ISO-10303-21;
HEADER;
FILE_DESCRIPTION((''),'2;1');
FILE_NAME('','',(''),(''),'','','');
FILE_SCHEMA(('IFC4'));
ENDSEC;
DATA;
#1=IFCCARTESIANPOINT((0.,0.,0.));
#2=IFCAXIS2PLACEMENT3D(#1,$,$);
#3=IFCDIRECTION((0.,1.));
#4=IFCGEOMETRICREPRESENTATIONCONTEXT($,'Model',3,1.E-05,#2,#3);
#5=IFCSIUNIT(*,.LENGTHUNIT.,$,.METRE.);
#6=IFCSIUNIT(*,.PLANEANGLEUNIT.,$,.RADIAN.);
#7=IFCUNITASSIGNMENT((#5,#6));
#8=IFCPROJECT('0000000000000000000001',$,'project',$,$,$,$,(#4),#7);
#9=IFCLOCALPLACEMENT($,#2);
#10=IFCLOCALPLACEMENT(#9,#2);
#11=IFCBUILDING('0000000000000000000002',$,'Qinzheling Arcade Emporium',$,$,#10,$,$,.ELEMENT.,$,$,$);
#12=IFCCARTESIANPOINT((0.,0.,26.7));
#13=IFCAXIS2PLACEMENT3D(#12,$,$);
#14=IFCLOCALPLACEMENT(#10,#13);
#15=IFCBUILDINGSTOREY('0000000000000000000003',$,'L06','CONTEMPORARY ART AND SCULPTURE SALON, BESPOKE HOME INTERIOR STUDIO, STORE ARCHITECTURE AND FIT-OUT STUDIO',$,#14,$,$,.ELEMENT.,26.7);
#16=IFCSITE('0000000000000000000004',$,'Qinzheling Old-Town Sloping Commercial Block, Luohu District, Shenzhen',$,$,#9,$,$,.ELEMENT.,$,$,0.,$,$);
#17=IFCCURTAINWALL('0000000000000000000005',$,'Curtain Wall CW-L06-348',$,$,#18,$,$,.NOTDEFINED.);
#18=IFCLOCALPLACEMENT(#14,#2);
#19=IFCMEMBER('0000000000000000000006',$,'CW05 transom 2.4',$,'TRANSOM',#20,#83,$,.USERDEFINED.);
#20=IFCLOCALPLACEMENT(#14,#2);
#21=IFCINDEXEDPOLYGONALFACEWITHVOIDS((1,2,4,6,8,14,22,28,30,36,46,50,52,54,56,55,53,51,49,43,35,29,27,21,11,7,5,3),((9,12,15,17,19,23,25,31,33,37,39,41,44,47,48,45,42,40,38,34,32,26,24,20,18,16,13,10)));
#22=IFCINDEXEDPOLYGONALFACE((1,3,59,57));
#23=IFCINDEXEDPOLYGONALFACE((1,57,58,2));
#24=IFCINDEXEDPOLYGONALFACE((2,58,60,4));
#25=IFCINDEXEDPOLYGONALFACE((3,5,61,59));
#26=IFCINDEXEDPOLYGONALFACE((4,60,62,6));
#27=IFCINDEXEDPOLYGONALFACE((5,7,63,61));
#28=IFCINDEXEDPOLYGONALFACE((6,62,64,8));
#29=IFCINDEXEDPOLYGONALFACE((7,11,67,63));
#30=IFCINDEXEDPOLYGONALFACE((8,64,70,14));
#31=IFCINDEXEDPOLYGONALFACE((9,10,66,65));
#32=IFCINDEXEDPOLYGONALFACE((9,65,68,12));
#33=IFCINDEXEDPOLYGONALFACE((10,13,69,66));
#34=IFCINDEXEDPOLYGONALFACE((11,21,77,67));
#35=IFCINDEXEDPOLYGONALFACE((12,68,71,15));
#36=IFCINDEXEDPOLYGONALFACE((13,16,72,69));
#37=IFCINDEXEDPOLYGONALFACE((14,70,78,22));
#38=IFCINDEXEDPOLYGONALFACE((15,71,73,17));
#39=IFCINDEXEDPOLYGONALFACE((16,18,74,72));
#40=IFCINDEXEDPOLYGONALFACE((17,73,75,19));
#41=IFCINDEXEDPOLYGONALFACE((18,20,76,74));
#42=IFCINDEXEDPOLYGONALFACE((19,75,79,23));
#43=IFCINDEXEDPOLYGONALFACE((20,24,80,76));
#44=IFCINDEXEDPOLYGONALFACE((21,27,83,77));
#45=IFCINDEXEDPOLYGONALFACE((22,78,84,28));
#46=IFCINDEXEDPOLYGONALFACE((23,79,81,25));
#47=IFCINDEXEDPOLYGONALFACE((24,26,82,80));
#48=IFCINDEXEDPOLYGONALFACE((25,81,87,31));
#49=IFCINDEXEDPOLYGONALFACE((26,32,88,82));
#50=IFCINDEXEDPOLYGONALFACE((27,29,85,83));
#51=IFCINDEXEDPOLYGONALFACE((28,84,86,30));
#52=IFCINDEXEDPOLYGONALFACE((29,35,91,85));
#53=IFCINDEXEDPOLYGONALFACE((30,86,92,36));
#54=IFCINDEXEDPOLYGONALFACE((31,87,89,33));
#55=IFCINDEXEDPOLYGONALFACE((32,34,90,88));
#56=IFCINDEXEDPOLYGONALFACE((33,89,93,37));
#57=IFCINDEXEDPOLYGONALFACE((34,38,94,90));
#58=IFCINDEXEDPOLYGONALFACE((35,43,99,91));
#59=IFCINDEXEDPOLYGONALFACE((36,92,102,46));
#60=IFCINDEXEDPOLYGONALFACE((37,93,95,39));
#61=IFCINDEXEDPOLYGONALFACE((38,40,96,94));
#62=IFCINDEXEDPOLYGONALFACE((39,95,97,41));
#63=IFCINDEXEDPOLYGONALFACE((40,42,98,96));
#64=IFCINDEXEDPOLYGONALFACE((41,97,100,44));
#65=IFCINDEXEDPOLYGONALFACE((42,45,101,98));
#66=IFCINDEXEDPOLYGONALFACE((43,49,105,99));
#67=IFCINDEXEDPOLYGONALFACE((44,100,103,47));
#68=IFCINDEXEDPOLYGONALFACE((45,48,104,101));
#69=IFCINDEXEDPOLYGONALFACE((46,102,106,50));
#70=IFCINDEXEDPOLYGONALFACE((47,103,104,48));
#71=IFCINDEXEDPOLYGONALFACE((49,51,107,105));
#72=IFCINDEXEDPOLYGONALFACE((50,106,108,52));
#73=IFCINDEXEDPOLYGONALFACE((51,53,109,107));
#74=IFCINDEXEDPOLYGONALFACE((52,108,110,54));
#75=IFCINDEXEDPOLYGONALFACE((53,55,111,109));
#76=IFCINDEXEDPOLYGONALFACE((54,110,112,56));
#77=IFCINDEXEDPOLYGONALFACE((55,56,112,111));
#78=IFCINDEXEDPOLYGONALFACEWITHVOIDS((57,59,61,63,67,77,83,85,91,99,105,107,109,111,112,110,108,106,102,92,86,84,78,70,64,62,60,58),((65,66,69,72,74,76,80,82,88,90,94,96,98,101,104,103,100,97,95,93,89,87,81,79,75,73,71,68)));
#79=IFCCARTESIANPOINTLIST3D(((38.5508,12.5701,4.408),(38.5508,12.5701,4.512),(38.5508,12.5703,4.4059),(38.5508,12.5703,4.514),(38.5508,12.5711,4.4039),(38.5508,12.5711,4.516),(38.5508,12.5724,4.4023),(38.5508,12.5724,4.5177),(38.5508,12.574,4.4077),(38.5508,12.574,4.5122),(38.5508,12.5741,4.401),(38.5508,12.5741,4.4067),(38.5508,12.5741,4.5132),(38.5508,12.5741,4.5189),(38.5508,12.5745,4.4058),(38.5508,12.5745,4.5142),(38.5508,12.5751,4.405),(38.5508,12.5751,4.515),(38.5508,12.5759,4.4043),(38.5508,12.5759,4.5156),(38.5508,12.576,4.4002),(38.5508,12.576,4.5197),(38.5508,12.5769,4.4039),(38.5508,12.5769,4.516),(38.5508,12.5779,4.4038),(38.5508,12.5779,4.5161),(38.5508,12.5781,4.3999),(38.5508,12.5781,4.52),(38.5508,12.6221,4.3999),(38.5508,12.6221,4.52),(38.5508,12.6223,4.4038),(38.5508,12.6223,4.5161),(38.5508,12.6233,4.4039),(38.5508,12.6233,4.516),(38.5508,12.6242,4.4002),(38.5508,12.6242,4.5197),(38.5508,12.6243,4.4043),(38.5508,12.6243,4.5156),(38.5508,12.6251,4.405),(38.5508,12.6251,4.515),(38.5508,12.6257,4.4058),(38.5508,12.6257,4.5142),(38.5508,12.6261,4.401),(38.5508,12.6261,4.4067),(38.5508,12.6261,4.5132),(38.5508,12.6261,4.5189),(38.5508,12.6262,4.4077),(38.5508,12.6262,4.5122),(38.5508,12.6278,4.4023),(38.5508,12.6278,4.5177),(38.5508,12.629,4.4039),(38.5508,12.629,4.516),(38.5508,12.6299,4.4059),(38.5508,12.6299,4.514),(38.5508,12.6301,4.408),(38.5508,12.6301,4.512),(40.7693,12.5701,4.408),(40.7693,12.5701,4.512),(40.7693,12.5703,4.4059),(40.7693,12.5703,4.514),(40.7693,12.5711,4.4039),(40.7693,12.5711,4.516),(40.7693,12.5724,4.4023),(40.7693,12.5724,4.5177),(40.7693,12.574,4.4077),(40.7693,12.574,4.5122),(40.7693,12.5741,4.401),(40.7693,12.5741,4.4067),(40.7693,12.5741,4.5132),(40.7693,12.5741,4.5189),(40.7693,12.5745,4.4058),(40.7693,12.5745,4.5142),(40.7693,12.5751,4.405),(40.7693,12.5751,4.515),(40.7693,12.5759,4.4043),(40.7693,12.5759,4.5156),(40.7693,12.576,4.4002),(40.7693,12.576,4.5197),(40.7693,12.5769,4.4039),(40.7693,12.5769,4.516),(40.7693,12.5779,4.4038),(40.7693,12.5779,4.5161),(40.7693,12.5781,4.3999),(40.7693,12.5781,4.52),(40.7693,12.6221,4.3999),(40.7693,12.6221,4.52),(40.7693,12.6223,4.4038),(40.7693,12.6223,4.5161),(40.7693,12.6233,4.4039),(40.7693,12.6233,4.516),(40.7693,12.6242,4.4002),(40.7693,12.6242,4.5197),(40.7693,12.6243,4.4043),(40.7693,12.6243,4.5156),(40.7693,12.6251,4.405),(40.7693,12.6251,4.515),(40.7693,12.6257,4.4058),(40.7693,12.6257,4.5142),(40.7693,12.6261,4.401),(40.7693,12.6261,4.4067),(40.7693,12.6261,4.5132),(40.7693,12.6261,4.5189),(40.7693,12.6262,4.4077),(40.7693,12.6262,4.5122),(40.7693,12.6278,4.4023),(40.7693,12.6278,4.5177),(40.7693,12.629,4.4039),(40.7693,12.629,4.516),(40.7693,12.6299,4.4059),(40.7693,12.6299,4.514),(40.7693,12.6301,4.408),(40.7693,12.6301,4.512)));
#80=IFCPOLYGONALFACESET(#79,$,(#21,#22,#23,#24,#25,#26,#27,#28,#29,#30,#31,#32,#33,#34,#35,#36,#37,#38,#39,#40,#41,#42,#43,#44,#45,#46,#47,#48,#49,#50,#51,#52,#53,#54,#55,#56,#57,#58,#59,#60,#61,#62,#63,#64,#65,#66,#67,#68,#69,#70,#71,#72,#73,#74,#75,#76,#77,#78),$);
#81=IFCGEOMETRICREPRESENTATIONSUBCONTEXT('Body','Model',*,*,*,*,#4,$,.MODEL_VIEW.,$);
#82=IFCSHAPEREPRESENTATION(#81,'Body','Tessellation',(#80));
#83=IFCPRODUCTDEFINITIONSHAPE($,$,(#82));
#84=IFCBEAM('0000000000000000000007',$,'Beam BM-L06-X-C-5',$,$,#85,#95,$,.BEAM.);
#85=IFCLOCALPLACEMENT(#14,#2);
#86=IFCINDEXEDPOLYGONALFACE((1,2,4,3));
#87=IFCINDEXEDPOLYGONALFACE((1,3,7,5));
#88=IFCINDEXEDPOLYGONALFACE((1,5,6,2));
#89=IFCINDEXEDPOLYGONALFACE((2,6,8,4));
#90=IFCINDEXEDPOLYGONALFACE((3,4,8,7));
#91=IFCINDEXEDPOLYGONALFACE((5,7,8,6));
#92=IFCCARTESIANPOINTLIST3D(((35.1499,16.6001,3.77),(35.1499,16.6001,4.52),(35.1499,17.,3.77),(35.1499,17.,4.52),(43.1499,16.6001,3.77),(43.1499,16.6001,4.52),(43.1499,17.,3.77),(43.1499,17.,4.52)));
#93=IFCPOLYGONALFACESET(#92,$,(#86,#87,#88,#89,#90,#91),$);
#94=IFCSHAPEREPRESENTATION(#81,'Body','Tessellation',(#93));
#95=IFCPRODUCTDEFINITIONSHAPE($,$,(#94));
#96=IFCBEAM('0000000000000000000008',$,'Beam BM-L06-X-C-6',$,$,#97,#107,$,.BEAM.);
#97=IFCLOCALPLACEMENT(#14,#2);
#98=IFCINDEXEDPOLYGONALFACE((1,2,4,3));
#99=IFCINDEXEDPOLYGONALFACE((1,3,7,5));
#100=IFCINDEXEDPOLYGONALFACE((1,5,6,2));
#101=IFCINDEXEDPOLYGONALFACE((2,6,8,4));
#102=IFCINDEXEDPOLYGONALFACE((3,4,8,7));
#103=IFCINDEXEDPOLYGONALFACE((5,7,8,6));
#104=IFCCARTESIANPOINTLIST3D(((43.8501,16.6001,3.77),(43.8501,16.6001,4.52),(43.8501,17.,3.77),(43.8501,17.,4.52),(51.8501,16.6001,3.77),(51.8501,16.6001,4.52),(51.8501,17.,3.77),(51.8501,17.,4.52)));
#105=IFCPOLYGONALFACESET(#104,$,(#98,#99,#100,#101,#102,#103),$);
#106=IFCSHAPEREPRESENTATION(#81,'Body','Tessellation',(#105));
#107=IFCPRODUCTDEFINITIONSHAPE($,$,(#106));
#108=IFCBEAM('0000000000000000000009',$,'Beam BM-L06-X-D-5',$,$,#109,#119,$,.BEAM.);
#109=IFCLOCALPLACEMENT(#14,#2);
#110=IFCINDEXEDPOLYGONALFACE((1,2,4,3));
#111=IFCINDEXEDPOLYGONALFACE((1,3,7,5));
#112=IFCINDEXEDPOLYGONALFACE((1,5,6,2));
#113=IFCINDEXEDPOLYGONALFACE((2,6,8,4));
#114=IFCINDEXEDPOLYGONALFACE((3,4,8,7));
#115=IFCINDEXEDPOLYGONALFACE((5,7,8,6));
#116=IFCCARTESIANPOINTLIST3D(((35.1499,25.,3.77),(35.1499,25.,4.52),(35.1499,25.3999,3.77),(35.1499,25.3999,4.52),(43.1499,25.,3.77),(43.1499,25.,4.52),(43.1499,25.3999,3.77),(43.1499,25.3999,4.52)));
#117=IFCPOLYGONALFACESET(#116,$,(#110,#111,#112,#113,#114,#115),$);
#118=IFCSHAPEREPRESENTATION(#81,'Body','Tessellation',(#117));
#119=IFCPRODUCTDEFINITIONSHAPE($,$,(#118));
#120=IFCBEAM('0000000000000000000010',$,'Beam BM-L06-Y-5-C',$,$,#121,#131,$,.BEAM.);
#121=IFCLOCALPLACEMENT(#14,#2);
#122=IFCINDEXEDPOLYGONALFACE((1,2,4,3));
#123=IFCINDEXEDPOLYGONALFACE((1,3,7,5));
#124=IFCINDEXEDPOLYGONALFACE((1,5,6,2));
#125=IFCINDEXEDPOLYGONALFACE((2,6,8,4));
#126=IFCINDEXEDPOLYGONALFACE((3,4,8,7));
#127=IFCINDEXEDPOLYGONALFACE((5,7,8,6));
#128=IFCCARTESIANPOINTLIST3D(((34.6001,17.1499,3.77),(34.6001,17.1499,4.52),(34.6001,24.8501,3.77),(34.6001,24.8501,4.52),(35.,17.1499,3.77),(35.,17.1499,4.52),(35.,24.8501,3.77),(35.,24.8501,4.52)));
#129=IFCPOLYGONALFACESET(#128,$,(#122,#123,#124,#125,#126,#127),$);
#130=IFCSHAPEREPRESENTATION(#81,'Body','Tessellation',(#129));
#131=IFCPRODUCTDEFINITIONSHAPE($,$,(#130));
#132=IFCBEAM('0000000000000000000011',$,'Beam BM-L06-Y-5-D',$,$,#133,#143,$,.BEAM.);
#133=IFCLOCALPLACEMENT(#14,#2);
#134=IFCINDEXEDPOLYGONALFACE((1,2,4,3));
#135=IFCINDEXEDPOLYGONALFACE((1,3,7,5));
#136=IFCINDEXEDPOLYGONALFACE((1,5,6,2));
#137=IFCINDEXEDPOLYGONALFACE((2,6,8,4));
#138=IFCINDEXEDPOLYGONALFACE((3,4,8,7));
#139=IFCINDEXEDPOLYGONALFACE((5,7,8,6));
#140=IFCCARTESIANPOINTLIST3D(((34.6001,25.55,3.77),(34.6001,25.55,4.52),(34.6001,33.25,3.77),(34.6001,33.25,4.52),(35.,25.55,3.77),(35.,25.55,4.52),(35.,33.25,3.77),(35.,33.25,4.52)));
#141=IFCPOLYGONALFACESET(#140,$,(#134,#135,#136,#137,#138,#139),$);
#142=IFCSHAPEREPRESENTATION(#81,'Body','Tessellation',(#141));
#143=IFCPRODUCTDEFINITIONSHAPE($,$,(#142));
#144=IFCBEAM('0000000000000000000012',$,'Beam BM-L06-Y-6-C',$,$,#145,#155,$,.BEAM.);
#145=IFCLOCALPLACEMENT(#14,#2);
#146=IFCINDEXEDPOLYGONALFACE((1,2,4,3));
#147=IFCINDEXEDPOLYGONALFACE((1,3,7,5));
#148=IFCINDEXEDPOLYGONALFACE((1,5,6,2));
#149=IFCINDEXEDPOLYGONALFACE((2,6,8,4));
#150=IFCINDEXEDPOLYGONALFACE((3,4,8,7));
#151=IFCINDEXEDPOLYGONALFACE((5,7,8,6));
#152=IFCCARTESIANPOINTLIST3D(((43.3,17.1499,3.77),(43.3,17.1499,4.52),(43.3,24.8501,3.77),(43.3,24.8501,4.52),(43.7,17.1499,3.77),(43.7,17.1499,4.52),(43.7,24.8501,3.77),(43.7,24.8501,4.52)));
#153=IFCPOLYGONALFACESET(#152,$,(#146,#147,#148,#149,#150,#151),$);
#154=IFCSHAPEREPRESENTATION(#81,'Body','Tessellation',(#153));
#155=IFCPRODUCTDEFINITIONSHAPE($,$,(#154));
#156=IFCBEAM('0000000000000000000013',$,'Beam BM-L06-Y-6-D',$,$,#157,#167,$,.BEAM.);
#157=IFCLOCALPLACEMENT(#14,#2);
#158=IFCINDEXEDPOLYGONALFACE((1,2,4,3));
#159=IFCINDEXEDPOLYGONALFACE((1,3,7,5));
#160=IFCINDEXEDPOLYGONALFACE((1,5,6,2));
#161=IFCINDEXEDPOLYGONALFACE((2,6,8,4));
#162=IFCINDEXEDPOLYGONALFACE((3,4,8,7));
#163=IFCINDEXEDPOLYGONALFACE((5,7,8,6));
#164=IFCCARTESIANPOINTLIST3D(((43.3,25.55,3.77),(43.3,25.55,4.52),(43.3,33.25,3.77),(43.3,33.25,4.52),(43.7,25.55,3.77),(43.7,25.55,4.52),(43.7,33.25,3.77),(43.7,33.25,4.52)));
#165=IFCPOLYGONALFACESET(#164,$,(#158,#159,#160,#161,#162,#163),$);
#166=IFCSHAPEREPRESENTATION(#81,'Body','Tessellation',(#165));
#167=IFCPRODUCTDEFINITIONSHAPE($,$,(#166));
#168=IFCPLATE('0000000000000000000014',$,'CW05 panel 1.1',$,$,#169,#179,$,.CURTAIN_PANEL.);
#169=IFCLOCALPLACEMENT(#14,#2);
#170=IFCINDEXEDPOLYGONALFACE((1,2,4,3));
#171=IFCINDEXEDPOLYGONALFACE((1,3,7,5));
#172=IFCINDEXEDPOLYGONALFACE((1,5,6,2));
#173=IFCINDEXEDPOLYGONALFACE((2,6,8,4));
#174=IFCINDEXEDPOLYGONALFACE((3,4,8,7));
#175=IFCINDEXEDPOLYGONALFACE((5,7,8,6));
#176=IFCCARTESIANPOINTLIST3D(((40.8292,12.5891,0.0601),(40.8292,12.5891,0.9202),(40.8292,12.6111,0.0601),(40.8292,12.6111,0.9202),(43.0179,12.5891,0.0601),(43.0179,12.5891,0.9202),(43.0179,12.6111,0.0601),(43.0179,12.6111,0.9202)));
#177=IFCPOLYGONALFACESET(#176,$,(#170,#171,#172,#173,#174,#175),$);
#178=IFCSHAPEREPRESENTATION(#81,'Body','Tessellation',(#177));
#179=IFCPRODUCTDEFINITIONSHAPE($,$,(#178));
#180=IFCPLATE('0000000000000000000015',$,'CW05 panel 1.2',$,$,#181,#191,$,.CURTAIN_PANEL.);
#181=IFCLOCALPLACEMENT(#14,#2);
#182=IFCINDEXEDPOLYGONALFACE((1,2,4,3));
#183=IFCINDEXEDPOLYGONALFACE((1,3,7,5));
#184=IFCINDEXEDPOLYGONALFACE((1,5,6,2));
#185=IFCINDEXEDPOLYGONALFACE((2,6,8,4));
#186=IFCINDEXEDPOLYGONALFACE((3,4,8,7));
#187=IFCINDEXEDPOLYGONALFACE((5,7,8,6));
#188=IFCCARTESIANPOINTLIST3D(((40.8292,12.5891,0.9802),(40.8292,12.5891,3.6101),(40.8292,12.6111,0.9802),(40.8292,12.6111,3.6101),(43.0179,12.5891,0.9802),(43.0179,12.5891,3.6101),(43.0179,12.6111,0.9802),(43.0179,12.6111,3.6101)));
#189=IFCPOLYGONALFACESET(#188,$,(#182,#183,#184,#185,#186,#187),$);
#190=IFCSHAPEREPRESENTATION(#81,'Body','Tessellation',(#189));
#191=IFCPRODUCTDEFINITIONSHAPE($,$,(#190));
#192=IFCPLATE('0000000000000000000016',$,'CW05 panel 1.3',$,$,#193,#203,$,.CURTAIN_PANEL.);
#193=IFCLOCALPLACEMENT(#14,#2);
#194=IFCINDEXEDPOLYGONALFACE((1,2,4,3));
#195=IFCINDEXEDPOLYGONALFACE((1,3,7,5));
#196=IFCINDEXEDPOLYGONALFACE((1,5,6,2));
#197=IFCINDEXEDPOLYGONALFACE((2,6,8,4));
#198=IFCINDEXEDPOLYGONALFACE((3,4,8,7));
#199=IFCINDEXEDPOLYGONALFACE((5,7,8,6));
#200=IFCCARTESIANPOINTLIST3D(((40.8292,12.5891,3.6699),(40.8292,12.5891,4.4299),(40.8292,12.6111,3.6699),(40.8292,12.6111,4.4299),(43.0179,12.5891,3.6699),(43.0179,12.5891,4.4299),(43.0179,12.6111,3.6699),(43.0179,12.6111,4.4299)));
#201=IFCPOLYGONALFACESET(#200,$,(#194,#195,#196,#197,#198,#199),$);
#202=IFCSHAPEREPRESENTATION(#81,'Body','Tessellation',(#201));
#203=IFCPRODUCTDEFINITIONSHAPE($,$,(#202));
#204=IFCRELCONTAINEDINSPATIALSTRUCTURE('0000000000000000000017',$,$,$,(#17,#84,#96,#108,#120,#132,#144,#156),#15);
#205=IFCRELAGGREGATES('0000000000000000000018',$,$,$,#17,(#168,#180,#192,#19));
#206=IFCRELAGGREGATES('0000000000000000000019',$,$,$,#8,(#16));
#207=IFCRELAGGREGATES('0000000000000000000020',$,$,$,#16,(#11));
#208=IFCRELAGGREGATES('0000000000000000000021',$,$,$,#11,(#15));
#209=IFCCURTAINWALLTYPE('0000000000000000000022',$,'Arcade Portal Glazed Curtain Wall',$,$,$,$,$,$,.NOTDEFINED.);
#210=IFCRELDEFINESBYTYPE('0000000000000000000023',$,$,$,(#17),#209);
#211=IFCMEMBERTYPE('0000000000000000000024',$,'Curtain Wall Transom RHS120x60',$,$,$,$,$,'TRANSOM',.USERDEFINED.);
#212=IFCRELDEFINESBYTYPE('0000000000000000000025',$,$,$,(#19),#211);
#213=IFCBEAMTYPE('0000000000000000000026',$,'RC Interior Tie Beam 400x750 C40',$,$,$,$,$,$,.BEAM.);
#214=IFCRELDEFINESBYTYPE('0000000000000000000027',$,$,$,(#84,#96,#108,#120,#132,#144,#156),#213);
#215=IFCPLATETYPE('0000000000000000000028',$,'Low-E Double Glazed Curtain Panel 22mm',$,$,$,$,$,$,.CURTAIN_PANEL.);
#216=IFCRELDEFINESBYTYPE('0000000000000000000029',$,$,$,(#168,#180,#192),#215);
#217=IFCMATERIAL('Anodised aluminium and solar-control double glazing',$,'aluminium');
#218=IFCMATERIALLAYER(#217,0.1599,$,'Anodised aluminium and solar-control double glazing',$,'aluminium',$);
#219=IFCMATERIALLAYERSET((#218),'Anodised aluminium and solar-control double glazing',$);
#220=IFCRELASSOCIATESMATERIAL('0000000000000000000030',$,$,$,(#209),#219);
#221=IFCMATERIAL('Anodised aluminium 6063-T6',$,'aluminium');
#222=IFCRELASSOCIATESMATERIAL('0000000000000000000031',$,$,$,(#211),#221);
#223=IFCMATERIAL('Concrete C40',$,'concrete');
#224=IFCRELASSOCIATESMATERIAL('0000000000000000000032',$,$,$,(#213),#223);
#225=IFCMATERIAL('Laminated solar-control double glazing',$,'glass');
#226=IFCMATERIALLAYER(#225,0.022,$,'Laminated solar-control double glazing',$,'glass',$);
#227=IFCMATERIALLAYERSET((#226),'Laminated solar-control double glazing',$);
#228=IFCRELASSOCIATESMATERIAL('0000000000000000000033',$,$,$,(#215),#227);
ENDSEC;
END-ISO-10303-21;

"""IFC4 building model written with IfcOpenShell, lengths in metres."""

from ifc_helpers import new_model, si_unit, direction, frame, origin, origin_2d, place, context, subcontext, project, spatial, rectangle, hollow_rectangle, extrude, material, layer, layer_set, material_profile, profile_set, type_object, element, aggregate, save


model = new_model("IFC4")

# Units and contexts
model_context = context("Model", 3, precision=1e-05, world=origin(), true_north=direction((0.0, 1.0)))
body_context = subcontext(model_context, "Body", "Model", "MODEL_VIEW")
ifc_project = project(units=[si_unit("LENGTHUNIT", "METRE"), si_unit("PLANEANGLEUNIT", "RADIAN")], contexts=[model_context])

# Site, building, storey
site_placement = place(None, origin())
site = spatial("IfcSite", under=ifc_project, at=site_placement, Name="Qinzheling Old-Town Sloping Commercial Block, Luohu District, Shenzhen", CompositionType="ELEMENT", RefElevation=0.0)
building_placement = place(site_placement, origin())
building = spatial("IfcBuilding", under=site, at=building_placement, Name="Qinzheling Arcade Emporium", CompositionType="ELEMENT")
storey_placement = place(building_placement, frame((0.0, 0.0, 26.7)))
storey = spatial("IfcBuildingStorey", under=building, at=storey_placement, Name="L06", Description="CONTEMPORARY ART AND SCULPTURE SALON, BESPOKE HOME INTERIOR STUDIO, STORE ARCHITECTURE AND FIT-OUT STUDIO", CompositionType="ELEMENT", Elevation=26.7)

# Shared definitions
ifc_material_1 = material(Name="Concrete C40", Category="concrete")

# Shared definitions
ifc_material_2 = material(Name="Anodised aluminium and solar-control double glazing", Category="aluminium")
ifc_layer_1 = layer(ifc_material_2, 0.1599, Name="Anodised aluminium and solar-control double glazing", Category="aluminium")
ifc_layer_set_1 = layer_set([ifc_layer_1], Name="Anodised aluminium and solar-control double glazing")
curtain_wall_type = type_object("IfcCurtainWallType", Name="Arcade Portal Glazed Curtain Wall", PredefinedType="NOTDEFINED", material=ifc_layer_set_1)
ifc_material_3 = material(Name="Anodised aluminium 6063-T6", Category="aluminium")

# Curtain wall, member
curtain_wall_1_placement = place(storey_placement, origin())
curtain_wall_1 = element("IfcCurtainWall", 1, at=curtain_wall_1_placement, inside=storey, type_object=curtain_wall_type, Name="Curtain Wall CW-L06-348", PredefinedType="NOTDEFINED")
ifc_material_profile_1 = material_profile(ifc_material_3, hollow_rectangle(XDim=0.0601, YDim=0.1201, WallThickness=0.0039, InnerFilletRadius=0.0039, OuterFilletRadius=0.0081, at=origin_2d()), Name="RHS 120x60x4", Category="aluminium")
ifc_profile_set_1 = profile_set([ifc_material_profile_1], Name="Anodised aluminium 6063-T6")
member_type_1 = type_object("IfcMemberType", Name="Curtain Wall Transom RHS120x60", ElementType="TRANSOM", PredefinedType="USERDEFINED", material=ifc_profile_set_1)
member_1_placement = place(storey_placement, frame((40.7693, 12.6001, 4.46), z_axis=(-1.0, 0.0, 0.0), x_axis=(0.0, -1.0, 0.0)))
member_1 = element("IfcMember", 2, at=member_1_placement, type_object=member_type_1, Name="CW05 transom 2.4", ObjectType="TRANSOM", PredefinedType="USERDEFINED", context=body_context, shape_type="SweptSolid", body=[
    extrude(hollow_rectangle(XDim=0.0601, YDim=0.1201, WallThickness=0.0039, InnerFilletRadius=0.0039, OuterFilletRadius=0.0081, at=origin_2d()), origin(), (0.0, 0.0, 1.0), 2.2185),
])

# Beams
ifc_material_profile_2 = material_profile(ifc_material_1, rectangle(XDim=0.3999, YDim=0.75, at=origin_2d()), Name="RC 400x750", Category="concrete")
ifc_profile_set_2 = profile_set([ifc_material_profile_2], Name="Concrete C40")
beam_type = type_object("IfcBeamType", Name="RC Interior Tie Beam 400x750 C40", PredefinedType="BEAM", material=ifc_profile_set_2)
for number, where, z_axis, x_axis, name in (
    (3, (35.1499, 16.8, 4.145), (1.0, 0.0, 0.0), (0.0, 1.0, 0.0), "Beam BM-L06-X-C-5"),
    (4, (43.8501, 16.8, 4.145), (1.0, 0.0, 0.0), (0.0, 1.0, 0.0), "Beam BM-L06-X-C-6"),
    (5, (35.1499, 25.2, 4.145), (1.0, 0.0, 0.0), (0.0, 1.0, 0.0), "Beam BM-L06-X-D-5"),
):
    element("IfcBeam", number, at=place(storey_placement, frame(where, z_axis=z_axis, x_axis=x_axis)), inside=storey, type_object=beam_type, Name=name, PredefinedType="BEAM", context=body_context, shape_type="SweptSolid", body=[
        extrude(rectangle(XDim=0.3999, YDim=0.75, at=origin_2d()), origin(), (0.0, 0.0, 1.0), 8.0),
    ])
beam_1_placement = place(storey_placement, frame((34.8, 17.1499, 4.145), z_axis=(0.0, 1.0, 0.0), x_axis=(-1.0, 0.0, 0.0)))
element("IfcBeam", 6, at=beam_1_placement, inside=storey, type_object=beam_type, Name="Beam BM-L06-Y-5-C", PredefinedType="BEAM", context=body_context, shape_type="SweptSolid", body=[
    extrude(rectangle(XDim=0.3999, YDim=0.75, at=origin_2d()), origin(), (0.0, 0.0, 1.0), 7.7002),
])
beam_2_placement = place(storey_placement, frame((34.8, 25.55, 4.145), z_axis=(0.0, 1.0, 0.0), x_axis=(-1.0, 0.0, 0.0)))
element("IfcBeam", 7, at=beam_2_placement, inside=storey, type_object=beam_type, Name="Beam BM-L06-Y-5-D", PredefinedType="BEAM", context=body_context, shape_type="SweptSolid", body=[
    extrude(rectangle(XDim=0.3999, YDim=0.75, at=origin_2d()), origin(), (0.0, 0.0, 1.0), 7.7),
])
beam_3_placement = place(storey_placement, frame((43.5, 17.1499, 4.145), z_axis=(0.0, 1.0, 0.0), x_axis=(-1.0, 0.0, 0.0)))
element("IfcBeam", 8, at=beam_3_placement, inside=storey, type_object=beam_type, Name="Beam BM-L06-Y-6-C", PredefinedType="BEAM", context=body_context, shape_type="SweptSolid", body=[
    extrude(rectangle(XDim=0.3999, YDim=0.75, at=origin_2d()), origin(), (0.0, 0.0, 1.0), 7.7002),
])
beam_4_placement = place(storey_placement, frame((43.5, 25.55, 4.145), z_axis=(0.0, 1.0, 0.0), x_axis=(-1.0, 0.0, 0.0)))
element("IfcBeam", 9, at=beam_4_placement, inside=storey, type_object=beam_type, Name="Beam BM-L06-Y-6-D", PredefinedType="BEAM", context=body_context, shape_type="SweptSolid", body=[
    extrude(rectangle(XDim=0.3999, YDim=0.75, at=origin_2d()), origin(), (0.0, 0.0, 1.0), 7.7),
])

# Plates
ifc_material_4 = material(Name="Laminated solar-control double glazing", Category="glass")
ifc_layer_2 = layer(ifc_material_4, 0.022, Name="Laminated solar-control double glazing", Category="glass")
ifc_layer_set_2 = layer_set([ifc_layer_2], Name="Laminated solar-control double glazing")
plate_type = type_object("IfcPlateType", Name="Low-E Double Glazed Curtain Panel 22mm", PredefinedType="CURTAIN_PANEL", material=ifc_layer_set_2)
plate_1_placement = place(storey_placement, frame((41.9236, 12.6001, 0.0601), z_axis=(0.0, 0.0, 1.0), x_axis=(-1.0, 0.0, 0.0)))
plate_1 = element("IfcPlate", 10, at=plate_1_placement, type_object=plate_type, Name="CW05 panel 1.1", PredefinedType="CURTAIN_PANEL", context=body_context, shape_type="SweptSolid", body=[
    extrude(rectangle(XDim=2.1887, YDim=0.022, at=origin_2d()), origin(), (0.0, 0.0, 1.0), 0.8601),
])
plate_2_placement = place(storey_placement, frame((41.9236, 12.6001, 0.9802), z_axis=(0.0, 0.0, 1.0), x_axis=(-1.0, 0.0, 0.0)))
plate_2 = element("IfcPlate", 11, at=plate_2_placement, type_object=plate_type, Name="CW05 panel 1.2", PredefinedType="CURTAIN_PANEL", context=body_context, shape_type="SweptSolid", body=[
    extrude(rectangle(XDim=2.1887, YDim=0.022, at=origin_2d()), origin(), (0.0, 0.0, 1.0), 2.6299),
])
plate_3_placement = place(storey_placement, frame((41.9236, 12.6001, 3.6699), z_axis=(0.0, 0.0, 1.0), x_axis=(-1.0, 0.0, 0.0)))
plate_3 = element("IfcPlate", 12, at=plate_3_placement, type_object=plate_type, Name="CW05 panel 1.3", PredefinedType="CURTAIN_PANEL", context=body_context, shape_type="SweptSolid", body=[
    extrude(rectangle(XDim=2.1887, YDim=0.022, at=origin_2d()), origin(), (0.0, 0.0, 1.0), 0.76),
])
aggregate(curtain_wall_1, [plate_1, plate_2, plate_3, member_1])

save(model, "model.ifc")
